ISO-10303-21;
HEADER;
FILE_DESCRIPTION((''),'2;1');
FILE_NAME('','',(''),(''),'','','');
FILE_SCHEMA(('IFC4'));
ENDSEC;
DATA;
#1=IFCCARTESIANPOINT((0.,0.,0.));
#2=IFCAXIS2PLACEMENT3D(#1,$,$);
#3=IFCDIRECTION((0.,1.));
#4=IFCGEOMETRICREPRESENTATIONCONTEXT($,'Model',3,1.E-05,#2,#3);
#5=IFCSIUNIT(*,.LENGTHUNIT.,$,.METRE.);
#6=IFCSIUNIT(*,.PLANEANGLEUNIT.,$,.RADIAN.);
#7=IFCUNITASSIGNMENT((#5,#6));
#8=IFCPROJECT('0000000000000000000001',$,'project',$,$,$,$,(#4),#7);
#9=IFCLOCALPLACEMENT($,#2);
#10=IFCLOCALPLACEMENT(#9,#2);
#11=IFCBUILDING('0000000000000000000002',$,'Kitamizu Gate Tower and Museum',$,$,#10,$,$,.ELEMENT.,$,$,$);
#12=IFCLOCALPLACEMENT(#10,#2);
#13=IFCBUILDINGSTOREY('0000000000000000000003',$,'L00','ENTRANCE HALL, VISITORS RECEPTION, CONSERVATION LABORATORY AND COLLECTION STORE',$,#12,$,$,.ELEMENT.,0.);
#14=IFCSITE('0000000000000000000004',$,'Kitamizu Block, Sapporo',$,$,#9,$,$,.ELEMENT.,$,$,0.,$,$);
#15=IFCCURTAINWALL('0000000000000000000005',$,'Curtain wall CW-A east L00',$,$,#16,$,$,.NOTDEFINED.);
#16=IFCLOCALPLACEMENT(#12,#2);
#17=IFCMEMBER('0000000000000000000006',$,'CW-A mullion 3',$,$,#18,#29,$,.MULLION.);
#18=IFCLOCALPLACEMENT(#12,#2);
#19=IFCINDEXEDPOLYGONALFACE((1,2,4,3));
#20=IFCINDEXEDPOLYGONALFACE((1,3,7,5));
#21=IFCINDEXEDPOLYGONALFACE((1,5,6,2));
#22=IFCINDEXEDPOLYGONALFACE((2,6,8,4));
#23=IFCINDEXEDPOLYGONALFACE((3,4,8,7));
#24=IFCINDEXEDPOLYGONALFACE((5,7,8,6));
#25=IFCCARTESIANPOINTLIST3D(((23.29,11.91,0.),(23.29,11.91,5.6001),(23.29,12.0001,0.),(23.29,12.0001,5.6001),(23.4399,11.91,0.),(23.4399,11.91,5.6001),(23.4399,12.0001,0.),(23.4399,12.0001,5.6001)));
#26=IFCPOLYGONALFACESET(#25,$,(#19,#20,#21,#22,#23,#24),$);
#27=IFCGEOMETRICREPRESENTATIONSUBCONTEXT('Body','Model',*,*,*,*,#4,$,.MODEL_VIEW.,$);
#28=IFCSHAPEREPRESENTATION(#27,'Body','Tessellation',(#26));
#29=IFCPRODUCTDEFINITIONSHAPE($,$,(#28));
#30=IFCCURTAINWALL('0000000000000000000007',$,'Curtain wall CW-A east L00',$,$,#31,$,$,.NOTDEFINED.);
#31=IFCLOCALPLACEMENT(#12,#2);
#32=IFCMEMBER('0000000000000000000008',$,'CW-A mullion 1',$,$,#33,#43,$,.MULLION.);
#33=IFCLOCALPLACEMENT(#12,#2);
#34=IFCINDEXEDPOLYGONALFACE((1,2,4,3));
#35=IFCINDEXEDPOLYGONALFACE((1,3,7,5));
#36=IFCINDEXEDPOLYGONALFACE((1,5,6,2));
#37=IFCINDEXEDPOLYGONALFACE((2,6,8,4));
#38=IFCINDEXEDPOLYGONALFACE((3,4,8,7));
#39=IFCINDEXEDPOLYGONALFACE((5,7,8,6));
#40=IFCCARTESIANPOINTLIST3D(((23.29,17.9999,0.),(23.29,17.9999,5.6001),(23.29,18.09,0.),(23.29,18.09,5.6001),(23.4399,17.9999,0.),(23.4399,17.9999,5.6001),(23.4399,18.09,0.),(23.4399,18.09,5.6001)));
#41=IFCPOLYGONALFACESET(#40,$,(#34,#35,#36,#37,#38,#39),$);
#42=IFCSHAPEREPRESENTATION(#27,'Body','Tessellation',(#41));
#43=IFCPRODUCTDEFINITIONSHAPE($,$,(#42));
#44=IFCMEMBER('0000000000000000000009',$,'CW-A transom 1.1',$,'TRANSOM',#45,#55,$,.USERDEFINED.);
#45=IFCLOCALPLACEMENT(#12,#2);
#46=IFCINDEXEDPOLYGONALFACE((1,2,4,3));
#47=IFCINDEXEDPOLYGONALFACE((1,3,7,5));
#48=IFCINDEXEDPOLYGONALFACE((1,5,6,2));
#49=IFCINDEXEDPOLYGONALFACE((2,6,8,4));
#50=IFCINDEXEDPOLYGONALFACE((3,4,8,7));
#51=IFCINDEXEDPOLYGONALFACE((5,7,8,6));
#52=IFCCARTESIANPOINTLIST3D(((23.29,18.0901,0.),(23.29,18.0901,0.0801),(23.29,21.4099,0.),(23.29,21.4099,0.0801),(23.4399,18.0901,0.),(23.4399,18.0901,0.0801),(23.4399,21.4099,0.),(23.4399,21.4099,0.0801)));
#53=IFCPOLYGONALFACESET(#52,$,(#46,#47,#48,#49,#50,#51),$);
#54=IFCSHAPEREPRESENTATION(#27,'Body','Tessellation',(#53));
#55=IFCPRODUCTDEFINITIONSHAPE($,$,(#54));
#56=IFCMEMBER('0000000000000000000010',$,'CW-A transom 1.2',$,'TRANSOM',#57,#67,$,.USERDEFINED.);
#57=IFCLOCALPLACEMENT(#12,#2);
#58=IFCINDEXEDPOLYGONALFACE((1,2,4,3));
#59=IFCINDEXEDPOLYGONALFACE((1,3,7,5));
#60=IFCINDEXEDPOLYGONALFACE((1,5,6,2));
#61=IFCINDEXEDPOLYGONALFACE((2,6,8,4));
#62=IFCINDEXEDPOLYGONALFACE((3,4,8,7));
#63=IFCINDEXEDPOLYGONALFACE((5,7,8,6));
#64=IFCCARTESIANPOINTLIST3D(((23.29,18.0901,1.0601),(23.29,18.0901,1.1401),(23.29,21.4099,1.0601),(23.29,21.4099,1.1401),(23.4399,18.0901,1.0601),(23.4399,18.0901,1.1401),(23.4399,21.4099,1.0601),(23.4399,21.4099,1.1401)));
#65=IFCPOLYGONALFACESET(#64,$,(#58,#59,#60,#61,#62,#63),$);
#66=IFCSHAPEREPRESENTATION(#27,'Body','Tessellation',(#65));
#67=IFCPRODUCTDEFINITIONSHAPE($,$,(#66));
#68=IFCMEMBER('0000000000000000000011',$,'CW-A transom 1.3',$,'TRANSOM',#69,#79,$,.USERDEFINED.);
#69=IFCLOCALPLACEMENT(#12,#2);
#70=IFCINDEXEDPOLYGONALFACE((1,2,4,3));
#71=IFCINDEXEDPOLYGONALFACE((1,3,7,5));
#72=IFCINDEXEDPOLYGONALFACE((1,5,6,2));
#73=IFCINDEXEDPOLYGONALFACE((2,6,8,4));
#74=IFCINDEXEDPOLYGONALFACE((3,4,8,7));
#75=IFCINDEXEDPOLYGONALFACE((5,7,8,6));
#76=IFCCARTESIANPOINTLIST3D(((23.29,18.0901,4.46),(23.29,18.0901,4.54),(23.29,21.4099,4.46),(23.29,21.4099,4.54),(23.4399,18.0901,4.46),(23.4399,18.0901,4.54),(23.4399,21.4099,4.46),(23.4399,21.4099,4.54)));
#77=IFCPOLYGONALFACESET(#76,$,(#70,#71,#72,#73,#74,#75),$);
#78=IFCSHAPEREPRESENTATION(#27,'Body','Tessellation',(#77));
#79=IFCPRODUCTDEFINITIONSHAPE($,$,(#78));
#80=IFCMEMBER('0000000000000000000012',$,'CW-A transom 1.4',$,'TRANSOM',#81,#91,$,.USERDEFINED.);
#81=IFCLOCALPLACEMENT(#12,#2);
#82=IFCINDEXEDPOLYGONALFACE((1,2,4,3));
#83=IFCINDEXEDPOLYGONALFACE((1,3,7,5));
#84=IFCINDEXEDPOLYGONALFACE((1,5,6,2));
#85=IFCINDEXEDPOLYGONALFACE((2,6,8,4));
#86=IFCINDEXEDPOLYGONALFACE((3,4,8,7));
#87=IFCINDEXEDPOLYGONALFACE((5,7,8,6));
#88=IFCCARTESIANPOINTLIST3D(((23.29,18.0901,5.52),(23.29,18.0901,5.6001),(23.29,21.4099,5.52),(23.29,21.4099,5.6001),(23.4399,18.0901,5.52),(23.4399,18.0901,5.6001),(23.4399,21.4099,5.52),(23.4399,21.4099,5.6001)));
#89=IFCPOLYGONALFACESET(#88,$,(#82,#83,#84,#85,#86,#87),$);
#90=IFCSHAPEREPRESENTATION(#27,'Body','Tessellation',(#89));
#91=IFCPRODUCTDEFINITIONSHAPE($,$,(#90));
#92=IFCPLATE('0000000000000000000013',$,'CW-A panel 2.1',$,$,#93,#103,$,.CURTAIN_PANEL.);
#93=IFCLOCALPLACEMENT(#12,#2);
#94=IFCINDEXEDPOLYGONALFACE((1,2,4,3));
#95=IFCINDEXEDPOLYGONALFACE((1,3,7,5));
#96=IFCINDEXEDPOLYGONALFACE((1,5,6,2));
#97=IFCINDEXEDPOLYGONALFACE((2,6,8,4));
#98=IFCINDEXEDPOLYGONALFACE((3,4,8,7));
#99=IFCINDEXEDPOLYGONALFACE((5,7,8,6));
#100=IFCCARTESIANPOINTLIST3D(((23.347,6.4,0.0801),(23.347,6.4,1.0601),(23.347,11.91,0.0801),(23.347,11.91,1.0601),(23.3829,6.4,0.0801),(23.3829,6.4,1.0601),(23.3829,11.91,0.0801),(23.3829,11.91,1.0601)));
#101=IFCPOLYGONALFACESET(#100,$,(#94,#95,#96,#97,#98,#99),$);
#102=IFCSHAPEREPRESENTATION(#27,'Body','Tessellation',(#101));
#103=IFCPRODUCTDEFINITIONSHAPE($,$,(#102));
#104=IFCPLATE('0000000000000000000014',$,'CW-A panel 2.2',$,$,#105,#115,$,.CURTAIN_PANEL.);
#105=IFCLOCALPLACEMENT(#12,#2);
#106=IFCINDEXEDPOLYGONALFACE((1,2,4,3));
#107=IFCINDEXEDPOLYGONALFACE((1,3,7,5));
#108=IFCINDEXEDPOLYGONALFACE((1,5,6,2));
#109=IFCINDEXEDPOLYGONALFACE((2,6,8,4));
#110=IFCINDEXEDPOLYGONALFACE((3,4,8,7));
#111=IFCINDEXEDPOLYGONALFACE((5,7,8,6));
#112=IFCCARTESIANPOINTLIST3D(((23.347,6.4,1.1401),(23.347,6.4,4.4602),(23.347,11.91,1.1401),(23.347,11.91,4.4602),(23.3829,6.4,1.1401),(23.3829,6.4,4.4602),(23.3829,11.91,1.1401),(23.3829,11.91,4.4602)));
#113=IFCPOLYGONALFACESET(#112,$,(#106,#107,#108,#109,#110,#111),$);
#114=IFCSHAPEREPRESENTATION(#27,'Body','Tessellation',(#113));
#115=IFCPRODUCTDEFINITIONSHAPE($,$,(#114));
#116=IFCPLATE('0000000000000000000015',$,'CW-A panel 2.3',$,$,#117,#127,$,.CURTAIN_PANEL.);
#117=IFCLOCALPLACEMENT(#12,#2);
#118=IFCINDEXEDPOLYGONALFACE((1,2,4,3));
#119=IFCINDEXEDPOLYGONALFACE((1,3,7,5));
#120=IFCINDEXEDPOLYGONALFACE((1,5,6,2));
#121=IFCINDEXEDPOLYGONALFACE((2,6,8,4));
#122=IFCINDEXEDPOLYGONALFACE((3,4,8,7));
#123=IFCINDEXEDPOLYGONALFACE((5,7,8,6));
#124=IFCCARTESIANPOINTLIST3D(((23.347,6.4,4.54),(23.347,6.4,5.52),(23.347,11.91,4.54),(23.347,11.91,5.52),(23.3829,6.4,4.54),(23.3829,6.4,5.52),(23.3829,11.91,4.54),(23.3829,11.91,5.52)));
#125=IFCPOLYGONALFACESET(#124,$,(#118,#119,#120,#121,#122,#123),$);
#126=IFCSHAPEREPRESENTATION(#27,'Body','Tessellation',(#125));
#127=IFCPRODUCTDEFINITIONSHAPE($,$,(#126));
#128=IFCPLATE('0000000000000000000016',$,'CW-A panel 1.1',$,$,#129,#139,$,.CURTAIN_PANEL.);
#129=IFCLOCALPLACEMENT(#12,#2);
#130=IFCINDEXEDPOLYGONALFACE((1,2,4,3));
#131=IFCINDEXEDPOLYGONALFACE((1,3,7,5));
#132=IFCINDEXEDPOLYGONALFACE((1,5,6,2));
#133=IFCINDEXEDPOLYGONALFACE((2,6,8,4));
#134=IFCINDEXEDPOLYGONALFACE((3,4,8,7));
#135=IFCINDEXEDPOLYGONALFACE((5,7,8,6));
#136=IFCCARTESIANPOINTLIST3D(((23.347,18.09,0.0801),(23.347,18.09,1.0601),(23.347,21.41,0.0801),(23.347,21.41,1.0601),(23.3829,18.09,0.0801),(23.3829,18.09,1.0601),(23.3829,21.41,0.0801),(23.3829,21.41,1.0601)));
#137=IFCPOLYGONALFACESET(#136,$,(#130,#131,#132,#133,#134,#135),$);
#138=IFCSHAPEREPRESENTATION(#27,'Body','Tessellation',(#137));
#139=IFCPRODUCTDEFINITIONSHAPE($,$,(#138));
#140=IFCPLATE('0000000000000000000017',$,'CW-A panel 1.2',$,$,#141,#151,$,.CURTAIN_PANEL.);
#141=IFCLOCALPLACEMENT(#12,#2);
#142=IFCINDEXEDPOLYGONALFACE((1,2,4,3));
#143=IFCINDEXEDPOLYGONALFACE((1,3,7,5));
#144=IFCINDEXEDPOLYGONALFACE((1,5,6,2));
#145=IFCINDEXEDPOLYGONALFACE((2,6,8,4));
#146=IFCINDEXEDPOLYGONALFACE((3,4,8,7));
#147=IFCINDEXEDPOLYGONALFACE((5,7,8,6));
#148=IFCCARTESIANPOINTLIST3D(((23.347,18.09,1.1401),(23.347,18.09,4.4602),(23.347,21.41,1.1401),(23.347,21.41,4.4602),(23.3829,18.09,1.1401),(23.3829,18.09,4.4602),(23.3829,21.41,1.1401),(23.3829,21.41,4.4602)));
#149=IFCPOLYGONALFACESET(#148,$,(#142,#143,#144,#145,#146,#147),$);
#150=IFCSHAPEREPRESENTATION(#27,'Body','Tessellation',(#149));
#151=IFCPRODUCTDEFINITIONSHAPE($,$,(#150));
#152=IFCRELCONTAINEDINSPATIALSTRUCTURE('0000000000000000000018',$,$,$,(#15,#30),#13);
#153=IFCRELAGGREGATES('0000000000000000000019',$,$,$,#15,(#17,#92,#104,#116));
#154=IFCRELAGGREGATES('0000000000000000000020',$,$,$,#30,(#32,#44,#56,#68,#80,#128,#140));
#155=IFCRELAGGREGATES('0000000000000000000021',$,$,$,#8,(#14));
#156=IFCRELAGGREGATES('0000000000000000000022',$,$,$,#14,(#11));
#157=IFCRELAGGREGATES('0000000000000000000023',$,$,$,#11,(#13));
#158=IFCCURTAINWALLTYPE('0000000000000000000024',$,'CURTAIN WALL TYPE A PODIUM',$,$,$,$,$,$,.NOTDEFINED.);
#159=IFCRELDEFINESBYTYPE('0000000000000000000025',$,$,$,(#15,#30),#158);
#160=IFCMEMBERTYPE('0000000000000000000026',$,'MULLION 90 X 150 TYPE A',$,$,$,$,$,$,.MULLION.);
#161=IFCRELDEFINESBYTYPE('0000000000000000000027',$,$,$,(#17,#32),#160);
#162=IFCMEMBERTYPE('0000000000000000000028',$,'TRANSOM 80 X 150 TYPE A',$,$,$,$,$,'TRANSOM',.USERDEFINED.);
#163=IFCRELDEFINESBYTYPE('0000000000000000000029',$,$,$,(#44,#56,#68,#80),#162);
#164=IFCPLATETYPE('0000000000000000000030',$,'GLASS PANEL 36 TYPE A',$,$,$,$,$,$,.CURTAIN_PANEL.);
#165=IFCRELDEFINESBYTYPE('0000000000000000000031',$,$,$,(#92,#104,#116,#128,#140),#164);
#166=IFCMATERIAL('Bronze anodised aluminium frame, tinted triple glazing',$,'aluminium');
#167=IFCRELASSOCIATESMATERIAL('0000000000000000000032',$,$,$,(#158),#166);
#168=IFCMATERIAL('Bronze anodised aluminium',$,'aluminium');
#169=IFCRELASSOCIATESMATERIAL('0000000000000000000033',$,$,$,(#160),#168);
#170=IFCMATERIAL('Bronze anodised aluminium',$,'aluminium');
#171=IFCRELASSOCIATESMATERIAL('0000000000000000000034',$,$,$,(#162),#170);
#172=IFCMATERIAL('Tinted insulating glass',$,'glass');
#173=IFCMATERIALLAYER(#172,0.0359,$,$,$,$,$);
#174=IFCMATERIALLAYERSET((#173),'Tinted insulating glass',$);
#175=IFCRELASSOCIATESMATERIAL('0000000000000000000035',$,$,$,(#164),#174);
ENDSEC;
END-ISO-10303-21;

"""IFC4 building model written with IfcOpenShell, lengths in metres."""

from ifc_helpers import new_model, si_unit, direction, frame, origin, origin_2d, place, context, subcontext, project, spatial, rectangle, extrude, material, layer, layer_set, material_profile, profile_set, type_object, element, aggregate, save


model = new_model("IFC4")

# Units and contexts
model_context = context("Model", 3, precision=1e-05, world=origin(), true_north=direction((0.0, 1.0)))
body_context = subcontext(model_context, "Body", "Model", "MODEL_VIEW")
ifc_project = project(units=[si_unit("LENGTHUNIT", "METRE"), si_unit("PLANEANGLEUNIT", "RADIAN")], contexts=[model_context])

# Site, building, storey
site_placement = place(None, origin())
site = spatial("IfcSite", under=ifc_project, at=site_placement, Name="Kitamizu Block, Sapporo", CompositionType="ELEMENT", RefElevation=0.0)
building_placement = place(site_placement, origin())
building = spatial("IfcBuilding", under=site, at=building_placement, Name="Kitamizu Gate Tower and Museum", CompositionType="ELEMENT")
storey_placement = place(building_placement, origin())
storey = spatial("IfcBuildingStorey", under=building, at=storey_placement, Name="L00", Description="ENTRANCE HALL, VISITORS RECEPTION, CONSERVATION LABORATORY AND COLLECTION STORE", CompositionType="ELEMENT", Elevation=0.0)

# Curtain wall, member
ifc_material_1 = material(Name="Bronze anodised aluminium frame, tinted triple glazing", Category="aluminium")
curtain_wall_type = type_object("IfcCurtainWallType", Name="CURTAIN WALL TYPE A PODIUM", PredefinedType="NOTDEFINED", material=ifc_material_1)
curtain_wall_1_placement = place(storey_placement, origin())
curtain_wall_1 = element("IfcCurtainWall", 1, at=curtain_wall_1_placement, inside=storey, type_object=curtain_wall_type, Name="Curtain wall CW-A east L00", PredefinedType="NOTDEFINED")
ifc_material_2 = material(Name="Bronze anodised aluminium", Category="aluminium")
ifc_material_profile_1 = material_profile(ifc_material_2, rectangle(XDim=0.0901, YDim=0.1499, at=origin_2d()), Name="AL 90X150")
ifc_profile_set_1 = profile_set([ifc_material_profile_1], Name="Bronze anodised aluminium")
member_type_1 = type_object("IfcMemberType", Name="MULLION 90 X 150 TYPE A", PredefinedType="MULLION", material=ifc_profile_set_1)
member_1_placement = place(storey_placement, frame((23.365, 11.9551, 0.0), z_axis=(0.0, 0.0, 1.0), x_axis=(0.0, 1.0, 0.0)))
member_1 = element("IfcMember", 2, at=member_1_placement, type_object=member_type_1, Name="CW-A mullion 3", PredefinedType="MULLION", context=body_context, shape_type="SweptSolid", body=[
    extrude(rectangle(XDim=0.0901, YDim=0.1499, at=origin_2d()), origin(), (0.0, 0.0, 1.0), 5.6001),
])

# Curtain wall, members
curtain_wall_2_placement = place(storey_placement, origin())
curtain_wall_2 = element("IfcCurtainWall", 3, at=curtain_wall_2_placement, inside=storey, type_object=curtain_wall_type, Name="Curtain wall CW-A east L00", PredefinedType="NOTDEFINED")
member_2_placement = place(storey_placement, frame((23.365, 18.0449, 0.0), z_axis=(0.0, 0.0, 1.0), x_axis=(0.0, 1.0, 0.0)))
member_2 = element("IfcMember", 4, at=member_2_placement, type_object=member_type_1, Name="CW-A mullion 1", PredefinedType="MULLION", context=body_context, shape_type="SweptSolid", body=[
    extrude(rectangle(XDim=0.0901, YDim=0.1499, at=origin_2d()), origin(), (0.0, 0.0, 1.0), 5.6001),
])
ifc_material_3 = material(Name="Bronze anodised aluminium", Category="aluminium")
ifc_material_profile_2 = material_profile(ifc_material_3, rectangle(XDim=0.1499, YDim=0.0801, at=origin_2d()), Name="AL 80X150")
ifc_profile_set_2 = profile_set([ifc_material_profile_2], Name="Bronze anodised aluminium")
member_type_2 = type_object("IfcMemberType", Name="TRANSOM 80 X 150 TYPE A", ElementType="TRANSOM", PredefinedType="USERDEFINED", material=ifc_profile_set_2)
member_3_placement = place(storey_placement, frame((23.365, 18.0901, 0.04), z_axis=(0.0, 1.0, 0.0), x_axis=(-1.0, 0.0, 0.0)))
member_3 = element("IfcMember", 5, at=member_3_placement, type_object=member_type_2, Name="CW-A transom 1.1", ObjectType="TRANSOM", PredefinedType="USERDEFINED", context=body_context, shape_type="SweptSolid", body=[
    extrude(rectangle(XDim=0.1499, YDim=0.0801, at=origin_2d()), origin(), (0.0, 0.0, 1.0), 3.3198),
])
member_4_placement = place(storey_placement, frame((23.365, 18.0901, 1.1001), z_axis=(0.0, 1.0, 0.0), x_axis=(-1.0, 0.0, 0.0)))
member_4 = element("IfcMember", 6, at=member_4_placement, type_object=member_type_2, Name="CW-A transom 1.2", ObjectType="TRANSOM", PredefinedType="USERDEFINED", context=body_context, shape_type="SweptSolid", body=[
    extrude(rectangle(XDim=0.1499, YDim=0.0801, at=origin_2d()), origin(), (0.0, 0.0, 1.0), 3.3198),
])
member_5_placement = place(storey_placement, frame((23.365, 18.0901, 4.5), z_axis=(0.0, 1.0, 0.0), x_axis=(-1.0, 0.0, 0.0)))
member_5 = element("IfcMember", 7, at=member_5_placement, type_object=member_type_2, Name="CW-A transom 1.3", ObjectType="TRANSOM", PredefinedType="USERDEFINED", context=body_context, shape_type="SweptSolid", body=[
    extrude(rectangle(XDim=0.1499, YDim=0.0801, at=origin_2d()), origin(), (0.0, 0.0, 1.0), 3.3198),
])
member_6_placement = place(storey_placement, frame((23.365, 18.0901, 5.5601), z_axis=(0.0, 1.0, 0.0), x_axis=(-1.0, 0.0, 0.0)))
member_6 = element("IfcMember", 8, at=member_6_placement, type_object=member_type_2, Name="CW-A transom 1.4", ObjectType="TRANSOM", PredefinedType="USERDEFINED", context=body_context, shape_type="SweptSolid", body=[
    extrude(rectangle(XDim=0.1499, YDim=0.0801, at=origin_2d()), origin(), (0.0, 0.0, 1.0), 3.3198),
])

# Plates
ifc_material_4 = material(Name="Tinted insulating glass", Category="glass")
ifc_layer_1 = layer(ifc_material_4, 0.0359)
ifc_layer_set_1 = layer_set([ifc_layer_1], Name="Tinted insulating glass")
plate_type = type_object("IfcPlateType", Name="GLASS PANEL 36 TYPE A", PredefinedType="CURTAIN_PANEL", material=ifc_layer_set_1)
plate_1_placement = place(storey_placement, frame((23.365, 9.155, 0.0801), z_axis=(0.0, 0.0, 1.0), x_axis=(0.0, 1.0, 0.0)))
plate_1 = element("IfcPlate", 9, at=plate_1_placement, type_object=plate_type, Name="CW-A panel 2.1", PredefinedType="CURTAIN_PANEL", context=body_context, shape_type="SweptSolid", body=[
    extrude(rectangle(XDim=5.51, YDim=0.0359, at=origin_2d()), origin(), (0.0, 0.0, 1.0), 0.98),
])
plate_2_placement = place(storey_placement, frame((23.365, 9.155, 1.1401), z_axis=(0.0, 0.0, 1.0), x_axis=(0.0, 1.0, 0.0)))
plate_2 = element("IfcPlate", 10, at=plate_2_placement, type_object=plate_type, Name="CW-A panel 2.2", PredefinedType="CURTAIN_PANEL", context=body_context, shape_type="SweptSolid", body=[
    extrude(rectangle(XDim=5.51, YDim=0.0359, at=origin_2d()), origin(), (0.0, 0.0, 1.0), 3.3201),
])
plate_3_placement = place(storey_placement, frame((23.365, 9.155, 4.54), z_axis=(0.0, 0.0, 1.0), x_axis=(0.0, 1.0, 0.0)))
plate_3 = element("IfcPlate", 11, at=plate_3_placement, type_object=plate_type, Name="CW-A panel 2.3", PredefinedType="CURTAIN_PANEL", context=body_context, shape_type="SweptSolid", body=[
    extrude(rectangle(XDim=5.51, YDim=0.0359, at=origin_2d()), origin(), (0.0, 0.0, 1.0), 0.98),
])
aggregate(curtain_wall_1, [member_1, plate_1, plate_2, plate_3])
plate_4_placement = place(storey_placement, frame((23.365, 19.75, 0.0801), z_axis=(0.0, 0.0, 1.0), x_axis=(0.0, 1.0, 0.0)))
plate_4 = element("IfcPlate", 12, at=plate_4_placement, type_object=plate_type, Name="CW-A panel 1.1", PredefinedType="CURTAIN_PANEL", context=body_context, shape_type="SweptSolid", body=[
    extrude(rectangle(XDim=3.3201, YDim=0.0359, at=origin_2d()), origin(), (0.0, 0.0, 1.0), 0.98),
])
plate_5_placement = place(storey_placement, frame((23.365, 19.75, 1.1401), z_axis=(0.0, 0.0, 1.0), x_axis=(0.0, 1.0, 0.0)))
plate_5 = element("IfcPlate", 13, at=plate_5_placement, type_object=plate_type, Name="CW-A panel 1.2", PredefinedType="CURTAIN_PANEL", context=body_context, shape_type="SweptSolid", body=[
    extrude(rectangle(XDim=3.3201, YDim=0.0359, at=origin_2d()), origin(), (0.0, 0.0, 1.0), 3.3201),
])
aggregate(curtain_wall_2, [member_2, member_3, member_4, member_5, member_6, plate_4, plate_5])

save(model, "model.ifc")
